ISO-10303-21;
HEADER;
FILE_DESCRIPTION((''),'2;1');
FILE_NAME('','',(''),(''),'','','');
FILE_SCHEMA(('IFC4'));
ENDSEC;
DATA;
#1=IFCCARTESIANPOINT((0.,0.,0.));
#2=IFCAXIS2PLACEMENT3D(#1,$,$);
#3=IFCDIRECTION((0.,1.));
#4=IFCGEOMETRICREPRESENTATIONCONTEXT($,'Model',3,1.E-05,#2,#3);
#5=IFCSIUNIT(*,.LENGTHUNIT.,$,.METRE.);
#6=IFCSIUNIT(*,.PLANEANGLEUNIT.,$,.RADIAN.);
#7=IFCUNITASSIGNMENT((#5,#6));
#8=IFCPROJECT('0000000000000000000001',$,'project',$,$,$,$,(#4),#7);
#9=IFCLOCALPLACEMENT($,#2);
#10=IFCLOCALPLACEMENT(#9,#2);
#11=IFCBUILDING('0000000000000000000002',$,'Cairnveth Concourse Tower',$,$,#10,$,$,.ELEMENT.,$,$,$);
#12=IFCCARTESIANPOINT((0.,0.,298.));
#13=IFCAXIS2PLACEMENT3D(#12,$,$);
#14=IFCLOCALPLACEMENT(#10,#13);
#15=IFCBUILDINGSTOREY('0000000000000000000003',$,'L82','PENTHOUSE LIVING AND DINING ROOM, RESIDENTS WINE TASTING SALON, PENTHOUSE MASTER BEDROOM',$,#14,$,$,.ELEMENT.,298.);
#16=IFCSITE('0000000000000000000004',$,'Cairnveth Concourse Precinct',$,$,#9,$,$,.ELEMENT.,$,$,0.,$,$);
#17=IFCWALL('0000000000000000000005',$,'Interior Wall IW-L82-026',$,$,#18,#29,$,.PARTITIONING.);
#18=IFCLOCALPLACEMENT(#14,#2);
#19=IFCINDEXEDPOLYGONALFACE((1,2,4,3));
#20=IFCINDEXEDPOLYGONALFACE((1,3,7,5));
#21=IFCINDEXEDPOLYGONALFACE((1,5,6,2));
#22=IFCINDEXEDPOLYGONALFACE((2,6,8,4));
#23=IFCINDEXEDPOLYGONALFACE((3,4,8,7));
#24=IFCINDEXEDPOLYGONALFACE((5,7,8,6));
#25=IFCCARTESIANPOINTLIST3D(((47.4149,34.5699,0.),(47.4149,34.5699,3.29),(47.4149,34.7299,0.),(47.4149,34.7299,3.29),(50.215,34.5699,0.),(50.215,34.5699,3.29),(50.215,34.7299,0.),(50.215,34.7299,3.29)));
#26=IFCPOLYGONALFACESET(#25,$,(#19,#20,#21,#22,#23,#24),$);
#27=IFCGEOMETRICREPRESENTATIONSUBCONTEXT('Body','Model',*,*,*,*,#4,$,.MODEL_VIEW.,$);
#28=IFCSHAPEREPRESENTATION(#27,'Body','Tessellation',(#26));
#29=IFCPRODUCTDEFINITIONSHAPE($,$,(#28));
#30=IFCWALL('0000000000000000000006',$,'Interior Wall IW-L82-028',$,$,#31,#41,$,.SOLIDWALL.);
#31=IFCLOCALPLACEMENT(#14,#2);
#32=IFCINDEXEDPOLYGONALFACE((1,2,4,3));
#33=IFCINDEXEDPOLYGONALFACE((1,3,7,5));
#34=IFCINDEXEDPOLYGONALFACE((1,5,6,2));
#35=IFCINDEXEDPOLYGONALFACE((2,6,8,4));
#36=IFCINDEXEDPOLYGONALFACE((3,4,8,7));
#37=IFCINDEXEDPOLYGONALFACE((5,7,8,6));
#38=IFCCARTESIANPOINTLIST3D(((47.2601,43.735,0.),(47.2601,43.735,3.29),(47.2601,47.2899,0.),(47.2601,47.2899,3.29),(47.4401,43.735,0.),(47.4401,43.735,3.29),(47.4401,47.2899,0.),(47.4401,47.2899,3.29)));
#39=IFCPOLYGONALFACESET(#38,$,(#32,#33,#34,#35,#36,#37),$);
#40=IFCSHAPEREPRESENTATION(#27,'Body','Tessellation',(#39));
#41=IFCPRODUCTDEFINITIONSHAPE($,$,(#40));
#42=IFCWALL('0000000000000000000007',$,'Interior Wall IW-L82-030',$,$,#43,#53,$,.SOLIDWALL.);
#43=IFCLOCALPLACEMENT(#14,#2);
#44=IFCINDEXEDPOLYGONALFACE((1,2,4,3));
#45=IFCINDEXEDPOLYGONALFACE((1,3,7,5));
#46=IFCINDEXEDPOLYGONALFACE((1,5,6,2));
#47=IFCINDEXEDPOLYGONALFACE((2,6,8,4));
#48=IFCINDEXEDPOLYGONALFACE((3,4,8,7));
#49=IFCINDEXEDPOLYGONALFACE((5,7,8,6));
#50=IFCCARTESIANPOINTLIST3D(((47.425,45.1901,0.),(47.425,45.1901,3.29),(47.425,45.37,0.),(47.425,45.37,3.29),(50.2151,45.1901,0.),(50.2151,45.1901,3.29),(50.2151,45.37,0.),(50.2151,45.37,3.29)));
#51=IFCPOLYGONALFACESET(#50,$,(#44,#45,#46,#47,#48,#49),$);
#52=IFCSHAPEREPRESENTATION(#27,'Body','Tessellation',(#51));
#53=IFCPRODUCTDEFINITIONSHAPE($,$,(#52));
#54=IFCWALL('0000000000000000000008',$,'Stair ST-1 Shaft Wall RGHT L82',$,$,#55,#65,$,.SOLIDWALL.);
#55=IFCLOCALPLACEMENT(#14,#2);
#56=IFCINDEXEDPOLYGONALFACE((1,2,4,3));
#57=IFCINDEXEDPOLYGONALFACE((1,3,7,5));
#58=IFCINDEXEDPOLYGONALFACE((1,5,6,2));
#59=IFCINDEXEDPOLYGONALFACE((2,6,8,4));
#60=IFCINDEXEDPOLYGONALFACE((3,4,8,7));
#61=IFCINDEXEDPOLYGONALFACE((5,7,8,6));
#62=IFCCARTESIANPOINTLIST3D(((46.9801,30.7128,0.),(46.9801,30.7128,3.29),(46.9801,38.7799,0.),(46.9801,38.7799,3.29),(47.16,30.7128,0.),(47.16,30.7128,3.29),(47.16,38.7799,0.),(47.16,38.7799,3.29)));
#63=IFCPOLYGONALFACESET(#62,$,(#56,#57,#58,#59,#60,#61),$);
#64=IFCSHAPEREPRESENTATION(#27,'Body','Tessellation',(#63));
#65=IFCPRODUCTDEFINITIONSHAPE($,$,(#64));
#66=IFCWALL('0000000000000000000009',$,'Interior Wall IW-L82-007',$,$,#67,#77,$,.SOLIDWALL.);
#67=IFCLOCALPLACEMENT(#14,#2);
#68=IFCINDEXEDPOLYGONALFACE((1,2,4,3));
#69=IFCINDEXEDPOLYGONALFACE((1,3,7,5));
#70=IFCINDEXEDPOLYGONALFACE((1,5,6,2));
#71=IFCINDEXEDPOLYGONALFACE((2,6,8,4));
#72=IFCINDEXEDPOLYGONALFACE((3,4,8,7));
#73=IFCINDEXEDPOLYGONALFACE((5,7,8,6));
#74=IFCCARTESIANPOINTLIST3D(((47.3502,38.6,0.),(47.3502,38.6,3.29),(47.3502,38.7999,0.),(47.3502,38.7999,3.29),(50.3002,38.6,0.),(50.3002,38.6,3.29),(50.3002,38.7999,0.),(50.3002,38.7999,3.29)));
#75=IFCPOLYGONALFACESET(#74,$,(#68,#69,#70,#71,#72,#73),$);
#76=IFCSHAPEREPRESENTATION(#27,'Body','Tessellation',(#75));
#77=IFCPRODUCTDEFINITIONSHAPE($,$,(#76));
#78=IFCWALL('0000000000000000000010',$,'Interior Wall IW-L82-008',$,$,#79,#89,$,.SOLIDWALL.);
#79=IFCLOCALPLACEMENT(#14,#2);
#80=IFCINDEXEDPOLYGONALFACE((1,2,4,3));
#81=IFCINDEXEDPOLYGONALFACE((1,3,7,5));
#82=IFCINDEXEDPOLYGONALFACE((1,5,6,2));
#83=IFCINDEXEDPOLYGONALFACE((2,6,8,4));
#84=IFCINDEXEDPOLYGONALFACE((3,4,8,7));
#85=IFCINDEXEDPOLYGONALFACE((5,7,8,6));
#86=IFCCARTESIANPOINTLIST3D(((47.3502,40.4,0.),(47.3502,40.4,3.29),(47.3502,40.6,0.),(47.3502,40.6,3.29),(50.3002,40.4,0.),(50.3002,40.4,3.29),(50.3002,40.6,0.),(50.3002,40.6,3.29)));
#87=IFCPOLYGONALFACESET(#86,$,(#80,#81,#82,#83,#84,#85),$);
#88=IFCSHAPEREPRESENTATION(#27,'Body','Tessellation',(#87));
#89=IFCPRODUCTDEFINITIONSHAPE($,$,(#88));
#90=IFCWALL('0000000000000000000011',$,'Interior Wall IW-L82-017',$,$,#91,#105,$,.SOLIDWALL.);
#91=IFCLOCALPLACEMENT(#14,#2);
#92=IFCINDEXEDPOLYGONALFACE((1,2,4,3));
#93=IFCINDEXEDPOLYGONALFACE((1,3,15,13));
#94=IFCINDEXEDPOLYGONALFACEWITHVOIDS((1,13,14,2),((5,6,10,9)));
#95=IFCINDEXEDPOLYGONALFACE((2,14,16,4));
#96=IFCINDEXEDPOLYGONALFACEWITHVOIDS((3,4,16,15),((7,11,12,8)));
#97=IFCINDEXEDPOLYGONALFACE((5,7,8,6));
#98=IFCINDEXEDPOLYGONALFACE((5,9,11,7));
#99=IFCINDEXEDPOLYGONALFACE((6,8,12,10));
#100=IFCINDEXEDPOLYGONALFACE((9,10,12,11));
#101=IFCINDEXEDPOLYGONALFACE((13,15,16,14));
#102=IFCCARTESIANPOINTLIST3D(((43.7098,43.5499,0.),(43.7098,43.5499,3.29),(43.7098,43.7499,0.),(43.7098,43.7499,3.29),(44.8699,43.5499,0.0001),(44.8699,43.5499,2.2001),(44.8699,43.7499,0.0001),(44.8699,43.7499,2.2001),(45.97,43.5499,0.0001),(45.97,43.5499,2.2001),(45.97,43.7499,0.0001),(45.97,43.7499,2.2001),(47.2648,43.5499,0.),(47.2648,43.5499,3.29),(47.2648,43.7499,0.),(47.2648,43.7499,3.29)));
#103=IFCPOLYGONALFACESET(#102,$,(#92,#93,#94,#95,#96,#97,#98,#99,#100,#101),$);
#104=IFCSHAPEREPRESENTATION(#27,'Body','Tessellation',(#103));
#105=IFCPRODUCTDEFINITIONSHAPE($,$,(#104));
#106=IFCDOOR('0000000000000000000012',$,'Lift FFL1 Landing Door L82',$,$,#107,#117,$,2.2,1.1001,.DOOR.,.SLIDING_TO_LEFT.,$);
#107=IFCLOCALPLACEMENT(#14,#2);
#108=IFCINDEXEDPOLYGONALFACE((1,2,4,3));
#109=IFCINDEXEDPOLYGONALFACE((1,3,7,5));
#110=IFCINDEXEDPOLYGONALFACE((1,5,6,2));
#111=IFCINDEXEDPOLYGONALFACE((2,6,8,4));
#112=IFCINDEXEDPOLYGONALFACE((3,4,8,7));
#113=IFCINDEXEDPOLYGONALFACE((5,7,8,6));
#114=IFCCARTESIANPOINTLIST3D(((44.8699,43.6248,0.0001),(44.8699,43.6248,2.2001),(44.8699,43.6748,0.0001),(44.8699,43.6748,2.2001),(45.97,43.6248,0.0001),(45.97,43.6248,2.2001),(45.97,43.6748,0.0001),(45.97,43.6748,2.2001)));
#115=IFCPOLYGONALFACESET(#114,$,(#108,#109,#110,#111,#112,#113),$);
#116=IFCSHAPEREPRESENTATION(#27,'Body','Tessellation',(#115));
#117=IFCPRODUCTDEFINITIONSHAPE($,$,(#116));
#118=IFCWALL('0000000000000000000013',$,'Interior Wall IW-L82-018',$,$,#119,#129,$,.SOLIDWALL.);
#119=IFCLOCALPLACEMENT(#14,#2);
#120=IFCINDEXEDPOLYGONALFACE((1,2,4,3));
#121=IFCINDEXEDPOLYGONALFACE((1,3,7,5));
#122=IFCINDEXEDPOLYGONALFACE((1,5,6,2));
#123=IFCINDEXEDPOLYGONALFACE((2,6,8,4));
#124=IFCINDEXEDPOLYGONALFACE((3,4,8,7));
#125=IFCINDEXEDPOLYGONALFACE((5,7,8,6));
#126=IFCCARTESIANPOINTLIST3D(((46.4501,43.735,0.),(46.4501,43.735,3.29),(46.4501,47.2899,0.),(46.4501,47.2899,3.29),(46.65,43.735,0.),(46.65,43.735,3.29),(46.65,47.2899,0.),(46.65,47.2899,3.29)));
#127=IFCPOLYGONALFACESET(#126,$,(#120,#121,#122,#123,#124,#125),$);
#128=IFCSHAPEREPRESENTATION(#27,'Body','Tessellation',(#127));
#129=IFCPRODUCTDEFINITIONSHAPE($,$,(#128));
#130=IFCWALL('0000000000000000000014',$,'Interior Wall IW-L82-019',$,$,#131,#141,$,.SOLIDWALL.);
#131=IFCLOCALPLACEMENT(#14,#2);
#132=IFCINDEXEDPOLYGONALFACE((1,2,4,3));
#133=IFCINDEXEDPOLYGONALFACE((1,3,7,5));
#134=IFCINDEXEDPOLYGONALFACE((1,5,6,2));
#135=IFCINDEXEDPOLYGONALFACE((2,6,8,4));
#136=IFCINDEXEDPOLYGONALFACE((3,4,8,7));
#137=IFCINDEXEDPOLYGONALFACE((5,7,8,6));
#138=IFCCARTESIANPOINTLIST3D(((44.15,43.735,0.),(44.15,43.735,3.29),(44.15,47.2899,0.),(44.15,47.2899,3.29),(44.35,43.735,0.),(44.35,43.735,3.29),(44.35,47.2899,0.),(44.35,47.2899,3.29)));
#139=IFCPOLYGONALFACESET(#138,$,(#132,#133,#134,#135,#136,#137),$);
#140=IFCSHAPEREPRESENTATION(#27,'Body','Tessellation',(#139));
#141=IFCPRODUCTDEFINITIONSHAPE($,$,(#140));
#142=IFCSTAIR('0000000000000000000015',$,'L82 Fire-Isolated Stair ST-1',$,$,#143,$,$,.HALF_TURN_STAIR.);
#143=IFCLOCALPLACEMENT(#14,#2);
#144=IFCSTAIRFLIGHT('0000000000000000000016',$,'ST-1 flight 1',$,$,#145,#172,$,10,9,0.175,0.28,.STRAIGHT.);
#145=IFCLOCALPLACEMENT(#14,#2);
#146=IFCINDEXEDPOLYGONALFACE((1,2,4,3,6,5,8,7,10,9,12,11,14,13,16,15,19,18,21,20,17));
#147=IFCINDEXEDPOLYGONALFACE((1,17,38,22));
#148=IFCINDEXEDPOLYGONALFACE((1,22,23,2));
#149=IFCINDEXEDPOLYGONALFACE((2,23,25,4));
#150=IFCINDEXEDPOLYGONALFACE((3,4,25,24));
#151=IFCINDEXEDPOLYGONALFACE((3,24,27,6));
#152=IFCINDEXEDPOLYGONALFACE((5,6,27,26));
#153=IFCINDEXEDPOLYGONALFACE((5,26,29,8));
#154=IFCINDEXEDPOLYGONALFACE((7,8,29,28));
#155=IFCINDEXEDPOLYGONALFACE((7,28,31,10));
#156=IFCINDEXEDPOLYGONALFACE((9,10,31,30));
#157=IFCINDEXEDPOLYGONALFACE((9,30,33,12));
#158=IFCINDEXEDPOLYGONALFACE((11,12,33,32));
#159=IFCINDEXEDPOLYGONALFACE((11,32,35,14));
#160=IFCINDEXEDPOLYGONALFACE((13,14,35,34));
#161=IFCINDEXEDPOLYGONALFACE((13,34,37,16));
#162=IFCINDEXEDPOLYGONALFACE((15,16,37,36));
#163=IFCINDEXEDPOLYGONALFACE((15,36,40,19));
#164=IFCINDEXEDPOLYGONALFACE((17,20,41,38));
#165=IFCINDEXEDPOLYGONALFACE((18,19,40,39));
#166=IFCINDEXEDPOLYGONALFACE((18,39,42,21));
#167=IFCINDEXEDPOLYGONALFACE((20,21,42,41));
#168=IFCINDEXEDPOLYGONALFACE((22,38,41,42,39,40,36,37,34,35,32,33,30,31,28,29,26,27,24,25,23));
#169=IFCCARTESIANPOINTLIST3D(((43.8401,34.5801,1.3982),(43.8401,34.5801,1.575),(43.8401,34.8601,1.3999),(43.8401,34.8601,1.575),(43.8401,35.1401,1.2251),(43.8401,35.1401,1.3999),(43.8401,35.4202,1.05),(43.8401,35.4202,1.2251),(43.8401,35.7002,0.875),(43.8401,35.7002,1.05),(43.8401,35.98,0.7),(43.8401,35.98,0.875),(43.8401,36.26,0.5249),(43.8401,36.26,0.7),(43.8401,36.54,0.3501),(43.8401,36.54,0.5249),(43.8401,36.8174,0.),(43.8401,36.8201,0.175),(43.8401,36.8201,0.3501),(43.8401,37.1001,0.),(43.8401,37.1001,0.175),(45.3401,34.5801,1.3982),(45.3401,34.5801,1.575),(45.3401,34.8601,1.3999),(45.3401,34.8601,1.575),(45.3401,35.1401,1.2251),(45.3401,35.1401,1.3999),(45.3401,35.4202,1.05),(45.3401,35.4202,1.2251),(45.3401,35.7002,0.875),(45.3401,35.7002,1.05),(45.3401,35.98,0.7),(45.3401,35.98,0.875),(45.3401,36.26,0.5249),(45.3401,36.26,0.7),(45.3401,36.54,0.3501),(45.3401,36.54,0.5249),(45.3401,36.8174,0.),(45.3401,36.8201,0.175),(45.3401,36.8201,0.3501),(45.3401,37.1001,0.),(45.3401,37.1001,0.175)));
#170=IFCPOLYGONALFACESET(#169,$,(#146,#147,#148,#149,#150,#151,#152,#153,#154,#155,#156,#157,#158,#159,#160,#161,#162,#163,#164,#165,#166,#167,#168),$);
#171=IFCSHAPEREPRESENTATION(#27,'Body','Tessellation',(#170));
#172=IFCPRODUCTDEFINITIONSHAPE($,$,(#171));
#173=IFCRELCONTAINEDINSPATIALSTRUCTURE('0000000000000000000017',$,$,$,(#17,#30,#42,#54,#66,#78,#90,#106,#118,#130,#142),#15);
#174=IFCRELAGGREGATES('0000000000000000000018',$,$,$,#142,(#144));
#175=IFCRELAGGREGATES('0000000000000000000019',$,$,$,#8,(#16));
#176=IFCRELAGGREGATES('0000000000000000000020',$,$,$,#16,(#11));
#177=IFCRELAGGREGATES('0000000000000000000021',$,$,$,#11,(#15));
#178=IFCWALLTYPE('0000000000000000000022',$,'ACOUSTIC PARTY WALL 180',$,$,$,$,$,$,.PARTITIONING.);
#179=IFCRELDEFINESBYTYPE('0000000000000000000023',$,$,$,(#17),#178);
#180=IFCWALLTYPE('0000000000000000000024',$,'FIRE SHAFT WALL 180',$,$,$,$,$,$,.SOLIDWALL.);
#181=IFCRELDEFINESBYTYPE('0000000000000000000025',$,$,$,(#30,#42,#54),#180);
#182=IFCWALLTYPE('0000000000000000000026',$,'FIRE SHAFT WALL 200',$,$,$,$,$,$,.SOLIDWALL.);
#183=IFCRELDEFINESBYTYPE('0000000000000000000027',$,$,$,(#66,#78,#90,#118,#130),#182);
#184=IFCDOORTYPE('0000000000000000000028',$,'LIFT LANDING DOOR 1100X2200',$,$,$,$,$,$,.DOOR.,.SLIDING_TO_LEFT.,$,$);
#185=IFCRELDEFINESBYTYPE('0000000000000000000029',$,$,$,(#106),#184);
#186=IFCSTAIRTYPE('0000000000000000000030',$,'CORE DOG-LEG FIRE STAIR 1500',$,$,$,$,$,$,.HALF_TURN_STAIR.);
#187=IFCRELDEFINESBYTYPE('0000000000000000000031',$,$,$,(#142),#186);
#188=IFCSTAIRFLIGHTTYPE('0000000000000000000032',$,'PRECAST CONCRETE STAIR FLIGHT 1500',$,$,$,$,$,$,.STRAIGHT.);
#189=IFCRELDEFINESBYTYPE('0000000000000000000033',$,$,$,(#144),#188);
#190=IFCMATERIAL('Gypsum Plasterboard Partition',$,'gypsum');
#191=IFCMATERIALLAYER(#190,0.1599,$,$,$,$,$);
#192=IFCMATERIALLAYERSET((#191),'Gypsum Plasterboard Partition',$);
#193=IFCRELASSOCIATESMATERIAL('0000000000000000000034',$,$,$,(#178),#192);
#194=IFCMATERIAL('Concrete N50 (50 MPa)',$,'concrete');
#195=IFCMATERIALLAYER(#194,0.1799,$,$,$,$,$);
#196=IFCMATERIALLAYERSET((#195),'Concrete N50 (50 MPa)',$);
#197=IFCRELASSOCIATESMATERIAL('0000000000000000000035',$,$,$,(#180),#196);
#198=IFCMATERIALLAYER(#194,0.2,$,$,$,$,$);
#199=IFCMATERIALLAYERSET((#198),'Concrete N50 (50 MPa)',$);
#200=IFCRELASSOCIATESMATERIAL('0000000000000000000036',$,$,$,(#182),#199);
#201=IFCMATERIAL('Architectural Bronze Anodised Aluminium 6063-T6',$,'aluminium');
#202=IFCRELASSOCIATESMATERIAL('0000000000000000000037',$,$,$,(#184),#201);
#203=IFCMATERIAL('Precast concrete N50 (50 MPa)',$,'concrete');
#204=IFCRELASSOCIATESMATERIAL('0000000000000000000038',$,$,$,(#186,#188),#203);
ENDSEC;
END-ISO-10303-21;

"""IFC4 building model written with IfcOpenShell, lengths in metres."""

from ifc_helpers import new_model, si_unit, direction, frame, frame_2d, origin, place, context, subcontext, project, spatial, polyline, rectangle, outline, extrude, material, layer, layer_set, type_object, element, fill, aggregate, save


model = new_model("IFC4")

# Units and contexts
model_context = context("Model", 3, precision=1e-05, world=origin(), true_north=direction((0.0, 1.0)))
body_context = subcontext(model_context, "Body", "Model", "MODEL_VIEW")
ifc_project = project(units=[si_unit("LENGTHUNIT", "METRE"), si_unit("PLANEANGLEUNIT", "RADIAN")], contexts=[model_context])

# Site, building, storey
site_placement = place(None, origin())
site = spatial("IfcSite", under=ifc_project, at=site_placement, Name="Cairnveth Concourse Precinct", CompositionType="ELEMENT", RefElevation=0.0)
building_placement = place(site_placement, origin())
building = spatial("IfcBuilding", under=site, at=building_placement, Name="Cairnveth Concourse Tower", CompositionType="ELEMENT")
storey_placement = place(building_placement, frame((0.0, 0.0, 298.0)))
storey = spatial("IfcBuildingStorey", under=building, at=storey_placement, Name="L82", Description="PENTHOUSE LIVING AND DINING ROOM, RESIDENTS WINE TASTING SALON, PENTHOUSE MASTER BEDROOM", CompositionType="ELEMENT", Elevation=298.0)

# Walls
ifc_material_1 = material(Name="Gypsum Plasterboard Partition", Category="gypsum")
ifc_layer_1 = layer(ifc_material_1, 0.1599)
ifc_layer_set_1 = layer_set([ifc_layer_1], Name="Gypsum Plasterboard Partition")
wall_type_1 = type_object("IfcWallType", Name="ACOUSTIC PARTY WALL 180", PredefinedType="PARTITIONING", material=ifc_layer_set_1)
wall_1_placement = place(storey_placement, frame((47.415, 34.6499, 0.0), z_axis=(0.0, 0.0, 1.0), x_axis=(1.0, 0.0, 0.0)))
element("IfcWall", 1, at=wall_1_placement, inside=storey, type_object=wall_type_1, Name="Interior Wall IW-L82-026", PredefinedType="PARTITIONING", context=body_context, shape_type="SweptSolid", body=[
    extrude(rectangle(XDim=2.8, YDim=0.1599, at=frame_2d((1.3999, 0.0))), origin(), (0.0, 0.0, 1.0), 3.29),
])
ifc_material_2 = material(Name="Concrete N50 (50 MPa)", Category="concrete")
ifc_layer_2 = layer(ifc_material_2, 0.1799)
ifc_layer_set_2 = layer_set([ifc_layer_2], Name="Concrete N50 (50 MPa)")
wall_type_2 = type_object("IfcWallType", Name="FIRE SHAFT WALL 180", PredefinedType="SOLIDWALL", material=ifc_layer_set_2)
wall_2_placement = place(storey_placement, frame((47.3501, 43.7351, 0.0), z_axis=(0.0, 0.0, 1.0), x_axis=(0.0, 1.0, 0.0)))
element("IfcWall", 2, at=wall_2_placement, inside=storey, type_object=wall_type_2, Name="Interior Wall IW-L82-028", PredefinedType="SOLIDWALL", context=body_context, shape_type="SweptSolid", body=[
    extrude(rectangle(XDim=3.5549, YDim=0.1799, at=frame_2d((1.7773, 0.0))), origin(), (0.0, 0.0, 1.0), 3.29),
])
wall_3_placement = place(storey_placement, frame((47.425, 45.28, 0.0), z_axis=(0.0, 0.0, 1.0), x_axis=(1.0, 0.0, 0.0)))
element("IfcWall", 3, at=wall_3_placement, inside=storey, type_object=wall_type_2, Name="Interior Wall IW-L82-030", PredefinedType="SOLIDWALL", context=body_context, shape_type="SweptSolid", body=[
    extrude(rectangle(XDim=2.79, YDim=0.1799, at=frame_2d((1.395, 0.0))), origin(), (0.0, 0.0, 1.0), 3.29),
])

# Walls
wall_4_placement = place(storey_placement, frame((47.0701, 38.78, 0.0), z_axis=(0.0, 0.0, 1.0), x_axis=(0.0, -1.0, 0.0)))
element("IfcWall", 4, at=wall_4_placement, inside=storey, type_object=wall_type_2, Name="Stair ST-1 Shaft Wall RGHT L82", PredefinedType="SOLIDWALL", context=body_context, shape_type="SweptSolid", body=[
    extrude(rectangle(XDim=8.0671, YDim=0.1799, at=frame_2d((4.0337, 0.0))), origin(), (0.0, 0.0, 1.0), 3.29),
])
ifc_layer_3 = layer(ifc_material_2, 0.2)
ifc_layer_set_3 = layer_set([ifc_layer_3], Name="Concrete N50 (50 MPa)")
wall_type_3 = type_object("IfcWallType", Name="FIRE SHAFT WALL 200", PredefinedType="SOLIDWALL", material=ifc_layer_set_3)
for number, where, z_axis, x_axis, name in (
    (5, (47.3501, 38.7, 0.0), (0.0, 0.0, 1.0), (1.0, 0.0, 0.0), "Interior Wall IW-L82-007"),
    (6, (47.3501, 40.5, 0.0), (0.0, 0.0, 1.0), (1.0, 0.0, 0.0), "Interior Wall IW-L82-008"),
):
    element("IfcWall", number, at=place(storey_placement, frame(where, z_axis=z_axis, x_axis=x_axis)), inside=storey, type_object=wall_type_3, Name=name, PredefinedType="SOLIDWALL", context=body_context, shape_type="SweptSolid", body=[
        extrude(rectangle(XDim=2.95, YDim=0.2, at=frame_2d((1.4751, 0.0))), origin(), (0.0, 0.0, 1.0), 3.29),
    ])

# Wall, opening, door
wall_5_placement = place(storey_placement, frame((43.71, 43.6499, 0.0), z_axis=(0.0, 0.0, 1.0), x_axis=(1.0, 0.0, 0.0)))
wall_5 = element("IfcWall", 7, at=wall_5_placement, inside=storey, type_object=wall_type_3, Name="Interior Wall IW-L82-017", PredefinedType="SOLIDWALL", context=body_context, shape_type="SweptSolid", body=[
    extrude(rectangle(XDim=3.5549, YDim=0.2, at=frame_2d((1.7773, 0.0))), origin(), (0.0, 0.0, 1.0), 3.29),
])
opening_1_placement = place(wall_5_placement, frame((1.1599, 0.0, 0.0)))
opening_1 = element("IfcOpeningElement", 8, at=opening_1_placement, cuts=wall_5, PredefinedType="OPENING", context=body_context, shape_type="SweptSolid", body=[
    extrude(rectangle(XDim=1.1001, YDim=2.2, at=frame_2d((0.55, 1.1001))), frame((0.0, 0.1099, 0.0), z_axis=(0.0, -1.0, 0.0), x_axis=(1.0, 0.0, 0.0)), (0.0, 0.0, 1.0), 0.22),
])
ifc_material_3 = material(Name="Architectural Bronze Anodised Aluminium 6063-T6", Category="aluminium")
door_type_1 = type_object("IfcDoorType", Name="LIFT LANDING DOOR 1100X2200", OperationType="SLIDING_TO_LEFT", PredefinedType="DOOR", material=ifc_material_3)
door_1_placement = place(opening_1_placement, origin())
door_1 = element("IfcDoor", 9, at=door_1_placement, inside=storey, type_object=door_type_1, Name="Lift FFL1 Landing Door L82", OperationType="SLIDING_TO_LEFT", OverallHeight=2.2, OverallWidth=1.1001, PredefinedType="DOOR", context=body_context, shape_type="SweptSolid", body=[
    extrude(rectangle(XDim=1.1001, YDim=2.2, at=frame_2d((0.55, 1.1001))), frame((0.0, 0.0249, 0.0), z_axis=(0.0, -1.0, 0.0), x_axis=(1.0, 0.0, 0.0)), (0.0, 0.0, 1.0), 0.05),
])
fill(opening_1, door_1)

# Walls
for number, where, z_axis, x_axis, name in (
    (10, (46.55, 43.7351, 0.0), (0.0, 0.0, 1.0), (0.0, 1.0, 0.0), "Interior Wall IW-L82-018"),
    (11, (44.25, 43.7351, 0.0), (0.0, 0.0, 1.0), (0.0, 1.0, 0.0), "Interior Wall IW-L82-019"),
):
    element("IfcWall", number, at=place(storey_placement, frame(where, z_axis=z_axis, x_axis=x_axis)), inside=storey, type_object=wall_type_3, Name=name, PredefinedType="SOLIDWALL", context=body_context, shape_type="SweptSolid", body=[
        extrude(rectangle(XDim=3.5549, YDim=0.2, at=frame_2d((1.7773, 0.0))), origin(), (0.0, 0.0, 1.0), 3.29),
    ])

# Stair, stair flight
ifc_material_4 = material(Name="Precast concrete N50 (50 MPa)", Category="concrete")
stair_type = type_object("IfcStairType", Name="CORE DOG-LEG FIRE STAIR 1500", PredefinedType="HALF_TURN_STAIR", material=ifc_material_4)
stair_placement = place(storey_placement, origin())
stair = element("IfcStair", 12, at=stair_placement, inside=storey, type_object=stair_type, Name="L82 Fire-Isolated Stair ST-1", PredefinedType="HALF_TURN_STAIR")
stair_flight_type = type_object("IfcStairFlightType", Name="PRECAST CONCRETE STAIR FLIGHT 1500", PredefinedType="STRAIGHT", material=ifc_material_4)
stair_flight_placement = place(storey_placement, frame((44.5901, 37.1001, 0.0), z_axis=(0.0, 0.0, 1.0), x_axis=(0.0, -1.0, 0.0)))
stair_flight = element("IfcStairFlight", 13, at=stair_flight_placement, type_object=stair_flight_type, Name="ST-1 flight 1", NumberOfRisers=10, NumberOfTreads=9, PredefinedType="STRAIGHT", RiserHeight=0.175, TreadLength=0.28, context=body_context, shape_type="SweptSolid", body=[
    extrude(outline(polyline([(0.0, 0.0), (0.0, 0.175), (0.28, 0.175), (0.28, 0.3501), (0.5601, 0.3501), (0.5601, 0.5249), (0.8401, 0.5249), (0.8401, 0.7), (1.1201, 0.7), (1.1201, 0.875), (1.3999, 0.875), (1.3999, 1.05), (1.6799, 1.05), (1.6799, 1.2251), (1.96, 1.2251), (1.96, 1.3999), (2.24, 1.3999), (2.24, 1.575), (2.52, 1.575), (2.52, 1.75), (2.52, 1.3982), (0.2827, 0.0), (0.0, 0.0)])), frame((0.0, 0.75, 0.0), z_axis=(0.0, -1.0, 0.0), x_axis=(1.0, 0.0, 0.0)), (0.0, 0.0, 1.0), 1.5),
])
aggregate(stair, [stair_flight])

save(model, "model.ifc")
